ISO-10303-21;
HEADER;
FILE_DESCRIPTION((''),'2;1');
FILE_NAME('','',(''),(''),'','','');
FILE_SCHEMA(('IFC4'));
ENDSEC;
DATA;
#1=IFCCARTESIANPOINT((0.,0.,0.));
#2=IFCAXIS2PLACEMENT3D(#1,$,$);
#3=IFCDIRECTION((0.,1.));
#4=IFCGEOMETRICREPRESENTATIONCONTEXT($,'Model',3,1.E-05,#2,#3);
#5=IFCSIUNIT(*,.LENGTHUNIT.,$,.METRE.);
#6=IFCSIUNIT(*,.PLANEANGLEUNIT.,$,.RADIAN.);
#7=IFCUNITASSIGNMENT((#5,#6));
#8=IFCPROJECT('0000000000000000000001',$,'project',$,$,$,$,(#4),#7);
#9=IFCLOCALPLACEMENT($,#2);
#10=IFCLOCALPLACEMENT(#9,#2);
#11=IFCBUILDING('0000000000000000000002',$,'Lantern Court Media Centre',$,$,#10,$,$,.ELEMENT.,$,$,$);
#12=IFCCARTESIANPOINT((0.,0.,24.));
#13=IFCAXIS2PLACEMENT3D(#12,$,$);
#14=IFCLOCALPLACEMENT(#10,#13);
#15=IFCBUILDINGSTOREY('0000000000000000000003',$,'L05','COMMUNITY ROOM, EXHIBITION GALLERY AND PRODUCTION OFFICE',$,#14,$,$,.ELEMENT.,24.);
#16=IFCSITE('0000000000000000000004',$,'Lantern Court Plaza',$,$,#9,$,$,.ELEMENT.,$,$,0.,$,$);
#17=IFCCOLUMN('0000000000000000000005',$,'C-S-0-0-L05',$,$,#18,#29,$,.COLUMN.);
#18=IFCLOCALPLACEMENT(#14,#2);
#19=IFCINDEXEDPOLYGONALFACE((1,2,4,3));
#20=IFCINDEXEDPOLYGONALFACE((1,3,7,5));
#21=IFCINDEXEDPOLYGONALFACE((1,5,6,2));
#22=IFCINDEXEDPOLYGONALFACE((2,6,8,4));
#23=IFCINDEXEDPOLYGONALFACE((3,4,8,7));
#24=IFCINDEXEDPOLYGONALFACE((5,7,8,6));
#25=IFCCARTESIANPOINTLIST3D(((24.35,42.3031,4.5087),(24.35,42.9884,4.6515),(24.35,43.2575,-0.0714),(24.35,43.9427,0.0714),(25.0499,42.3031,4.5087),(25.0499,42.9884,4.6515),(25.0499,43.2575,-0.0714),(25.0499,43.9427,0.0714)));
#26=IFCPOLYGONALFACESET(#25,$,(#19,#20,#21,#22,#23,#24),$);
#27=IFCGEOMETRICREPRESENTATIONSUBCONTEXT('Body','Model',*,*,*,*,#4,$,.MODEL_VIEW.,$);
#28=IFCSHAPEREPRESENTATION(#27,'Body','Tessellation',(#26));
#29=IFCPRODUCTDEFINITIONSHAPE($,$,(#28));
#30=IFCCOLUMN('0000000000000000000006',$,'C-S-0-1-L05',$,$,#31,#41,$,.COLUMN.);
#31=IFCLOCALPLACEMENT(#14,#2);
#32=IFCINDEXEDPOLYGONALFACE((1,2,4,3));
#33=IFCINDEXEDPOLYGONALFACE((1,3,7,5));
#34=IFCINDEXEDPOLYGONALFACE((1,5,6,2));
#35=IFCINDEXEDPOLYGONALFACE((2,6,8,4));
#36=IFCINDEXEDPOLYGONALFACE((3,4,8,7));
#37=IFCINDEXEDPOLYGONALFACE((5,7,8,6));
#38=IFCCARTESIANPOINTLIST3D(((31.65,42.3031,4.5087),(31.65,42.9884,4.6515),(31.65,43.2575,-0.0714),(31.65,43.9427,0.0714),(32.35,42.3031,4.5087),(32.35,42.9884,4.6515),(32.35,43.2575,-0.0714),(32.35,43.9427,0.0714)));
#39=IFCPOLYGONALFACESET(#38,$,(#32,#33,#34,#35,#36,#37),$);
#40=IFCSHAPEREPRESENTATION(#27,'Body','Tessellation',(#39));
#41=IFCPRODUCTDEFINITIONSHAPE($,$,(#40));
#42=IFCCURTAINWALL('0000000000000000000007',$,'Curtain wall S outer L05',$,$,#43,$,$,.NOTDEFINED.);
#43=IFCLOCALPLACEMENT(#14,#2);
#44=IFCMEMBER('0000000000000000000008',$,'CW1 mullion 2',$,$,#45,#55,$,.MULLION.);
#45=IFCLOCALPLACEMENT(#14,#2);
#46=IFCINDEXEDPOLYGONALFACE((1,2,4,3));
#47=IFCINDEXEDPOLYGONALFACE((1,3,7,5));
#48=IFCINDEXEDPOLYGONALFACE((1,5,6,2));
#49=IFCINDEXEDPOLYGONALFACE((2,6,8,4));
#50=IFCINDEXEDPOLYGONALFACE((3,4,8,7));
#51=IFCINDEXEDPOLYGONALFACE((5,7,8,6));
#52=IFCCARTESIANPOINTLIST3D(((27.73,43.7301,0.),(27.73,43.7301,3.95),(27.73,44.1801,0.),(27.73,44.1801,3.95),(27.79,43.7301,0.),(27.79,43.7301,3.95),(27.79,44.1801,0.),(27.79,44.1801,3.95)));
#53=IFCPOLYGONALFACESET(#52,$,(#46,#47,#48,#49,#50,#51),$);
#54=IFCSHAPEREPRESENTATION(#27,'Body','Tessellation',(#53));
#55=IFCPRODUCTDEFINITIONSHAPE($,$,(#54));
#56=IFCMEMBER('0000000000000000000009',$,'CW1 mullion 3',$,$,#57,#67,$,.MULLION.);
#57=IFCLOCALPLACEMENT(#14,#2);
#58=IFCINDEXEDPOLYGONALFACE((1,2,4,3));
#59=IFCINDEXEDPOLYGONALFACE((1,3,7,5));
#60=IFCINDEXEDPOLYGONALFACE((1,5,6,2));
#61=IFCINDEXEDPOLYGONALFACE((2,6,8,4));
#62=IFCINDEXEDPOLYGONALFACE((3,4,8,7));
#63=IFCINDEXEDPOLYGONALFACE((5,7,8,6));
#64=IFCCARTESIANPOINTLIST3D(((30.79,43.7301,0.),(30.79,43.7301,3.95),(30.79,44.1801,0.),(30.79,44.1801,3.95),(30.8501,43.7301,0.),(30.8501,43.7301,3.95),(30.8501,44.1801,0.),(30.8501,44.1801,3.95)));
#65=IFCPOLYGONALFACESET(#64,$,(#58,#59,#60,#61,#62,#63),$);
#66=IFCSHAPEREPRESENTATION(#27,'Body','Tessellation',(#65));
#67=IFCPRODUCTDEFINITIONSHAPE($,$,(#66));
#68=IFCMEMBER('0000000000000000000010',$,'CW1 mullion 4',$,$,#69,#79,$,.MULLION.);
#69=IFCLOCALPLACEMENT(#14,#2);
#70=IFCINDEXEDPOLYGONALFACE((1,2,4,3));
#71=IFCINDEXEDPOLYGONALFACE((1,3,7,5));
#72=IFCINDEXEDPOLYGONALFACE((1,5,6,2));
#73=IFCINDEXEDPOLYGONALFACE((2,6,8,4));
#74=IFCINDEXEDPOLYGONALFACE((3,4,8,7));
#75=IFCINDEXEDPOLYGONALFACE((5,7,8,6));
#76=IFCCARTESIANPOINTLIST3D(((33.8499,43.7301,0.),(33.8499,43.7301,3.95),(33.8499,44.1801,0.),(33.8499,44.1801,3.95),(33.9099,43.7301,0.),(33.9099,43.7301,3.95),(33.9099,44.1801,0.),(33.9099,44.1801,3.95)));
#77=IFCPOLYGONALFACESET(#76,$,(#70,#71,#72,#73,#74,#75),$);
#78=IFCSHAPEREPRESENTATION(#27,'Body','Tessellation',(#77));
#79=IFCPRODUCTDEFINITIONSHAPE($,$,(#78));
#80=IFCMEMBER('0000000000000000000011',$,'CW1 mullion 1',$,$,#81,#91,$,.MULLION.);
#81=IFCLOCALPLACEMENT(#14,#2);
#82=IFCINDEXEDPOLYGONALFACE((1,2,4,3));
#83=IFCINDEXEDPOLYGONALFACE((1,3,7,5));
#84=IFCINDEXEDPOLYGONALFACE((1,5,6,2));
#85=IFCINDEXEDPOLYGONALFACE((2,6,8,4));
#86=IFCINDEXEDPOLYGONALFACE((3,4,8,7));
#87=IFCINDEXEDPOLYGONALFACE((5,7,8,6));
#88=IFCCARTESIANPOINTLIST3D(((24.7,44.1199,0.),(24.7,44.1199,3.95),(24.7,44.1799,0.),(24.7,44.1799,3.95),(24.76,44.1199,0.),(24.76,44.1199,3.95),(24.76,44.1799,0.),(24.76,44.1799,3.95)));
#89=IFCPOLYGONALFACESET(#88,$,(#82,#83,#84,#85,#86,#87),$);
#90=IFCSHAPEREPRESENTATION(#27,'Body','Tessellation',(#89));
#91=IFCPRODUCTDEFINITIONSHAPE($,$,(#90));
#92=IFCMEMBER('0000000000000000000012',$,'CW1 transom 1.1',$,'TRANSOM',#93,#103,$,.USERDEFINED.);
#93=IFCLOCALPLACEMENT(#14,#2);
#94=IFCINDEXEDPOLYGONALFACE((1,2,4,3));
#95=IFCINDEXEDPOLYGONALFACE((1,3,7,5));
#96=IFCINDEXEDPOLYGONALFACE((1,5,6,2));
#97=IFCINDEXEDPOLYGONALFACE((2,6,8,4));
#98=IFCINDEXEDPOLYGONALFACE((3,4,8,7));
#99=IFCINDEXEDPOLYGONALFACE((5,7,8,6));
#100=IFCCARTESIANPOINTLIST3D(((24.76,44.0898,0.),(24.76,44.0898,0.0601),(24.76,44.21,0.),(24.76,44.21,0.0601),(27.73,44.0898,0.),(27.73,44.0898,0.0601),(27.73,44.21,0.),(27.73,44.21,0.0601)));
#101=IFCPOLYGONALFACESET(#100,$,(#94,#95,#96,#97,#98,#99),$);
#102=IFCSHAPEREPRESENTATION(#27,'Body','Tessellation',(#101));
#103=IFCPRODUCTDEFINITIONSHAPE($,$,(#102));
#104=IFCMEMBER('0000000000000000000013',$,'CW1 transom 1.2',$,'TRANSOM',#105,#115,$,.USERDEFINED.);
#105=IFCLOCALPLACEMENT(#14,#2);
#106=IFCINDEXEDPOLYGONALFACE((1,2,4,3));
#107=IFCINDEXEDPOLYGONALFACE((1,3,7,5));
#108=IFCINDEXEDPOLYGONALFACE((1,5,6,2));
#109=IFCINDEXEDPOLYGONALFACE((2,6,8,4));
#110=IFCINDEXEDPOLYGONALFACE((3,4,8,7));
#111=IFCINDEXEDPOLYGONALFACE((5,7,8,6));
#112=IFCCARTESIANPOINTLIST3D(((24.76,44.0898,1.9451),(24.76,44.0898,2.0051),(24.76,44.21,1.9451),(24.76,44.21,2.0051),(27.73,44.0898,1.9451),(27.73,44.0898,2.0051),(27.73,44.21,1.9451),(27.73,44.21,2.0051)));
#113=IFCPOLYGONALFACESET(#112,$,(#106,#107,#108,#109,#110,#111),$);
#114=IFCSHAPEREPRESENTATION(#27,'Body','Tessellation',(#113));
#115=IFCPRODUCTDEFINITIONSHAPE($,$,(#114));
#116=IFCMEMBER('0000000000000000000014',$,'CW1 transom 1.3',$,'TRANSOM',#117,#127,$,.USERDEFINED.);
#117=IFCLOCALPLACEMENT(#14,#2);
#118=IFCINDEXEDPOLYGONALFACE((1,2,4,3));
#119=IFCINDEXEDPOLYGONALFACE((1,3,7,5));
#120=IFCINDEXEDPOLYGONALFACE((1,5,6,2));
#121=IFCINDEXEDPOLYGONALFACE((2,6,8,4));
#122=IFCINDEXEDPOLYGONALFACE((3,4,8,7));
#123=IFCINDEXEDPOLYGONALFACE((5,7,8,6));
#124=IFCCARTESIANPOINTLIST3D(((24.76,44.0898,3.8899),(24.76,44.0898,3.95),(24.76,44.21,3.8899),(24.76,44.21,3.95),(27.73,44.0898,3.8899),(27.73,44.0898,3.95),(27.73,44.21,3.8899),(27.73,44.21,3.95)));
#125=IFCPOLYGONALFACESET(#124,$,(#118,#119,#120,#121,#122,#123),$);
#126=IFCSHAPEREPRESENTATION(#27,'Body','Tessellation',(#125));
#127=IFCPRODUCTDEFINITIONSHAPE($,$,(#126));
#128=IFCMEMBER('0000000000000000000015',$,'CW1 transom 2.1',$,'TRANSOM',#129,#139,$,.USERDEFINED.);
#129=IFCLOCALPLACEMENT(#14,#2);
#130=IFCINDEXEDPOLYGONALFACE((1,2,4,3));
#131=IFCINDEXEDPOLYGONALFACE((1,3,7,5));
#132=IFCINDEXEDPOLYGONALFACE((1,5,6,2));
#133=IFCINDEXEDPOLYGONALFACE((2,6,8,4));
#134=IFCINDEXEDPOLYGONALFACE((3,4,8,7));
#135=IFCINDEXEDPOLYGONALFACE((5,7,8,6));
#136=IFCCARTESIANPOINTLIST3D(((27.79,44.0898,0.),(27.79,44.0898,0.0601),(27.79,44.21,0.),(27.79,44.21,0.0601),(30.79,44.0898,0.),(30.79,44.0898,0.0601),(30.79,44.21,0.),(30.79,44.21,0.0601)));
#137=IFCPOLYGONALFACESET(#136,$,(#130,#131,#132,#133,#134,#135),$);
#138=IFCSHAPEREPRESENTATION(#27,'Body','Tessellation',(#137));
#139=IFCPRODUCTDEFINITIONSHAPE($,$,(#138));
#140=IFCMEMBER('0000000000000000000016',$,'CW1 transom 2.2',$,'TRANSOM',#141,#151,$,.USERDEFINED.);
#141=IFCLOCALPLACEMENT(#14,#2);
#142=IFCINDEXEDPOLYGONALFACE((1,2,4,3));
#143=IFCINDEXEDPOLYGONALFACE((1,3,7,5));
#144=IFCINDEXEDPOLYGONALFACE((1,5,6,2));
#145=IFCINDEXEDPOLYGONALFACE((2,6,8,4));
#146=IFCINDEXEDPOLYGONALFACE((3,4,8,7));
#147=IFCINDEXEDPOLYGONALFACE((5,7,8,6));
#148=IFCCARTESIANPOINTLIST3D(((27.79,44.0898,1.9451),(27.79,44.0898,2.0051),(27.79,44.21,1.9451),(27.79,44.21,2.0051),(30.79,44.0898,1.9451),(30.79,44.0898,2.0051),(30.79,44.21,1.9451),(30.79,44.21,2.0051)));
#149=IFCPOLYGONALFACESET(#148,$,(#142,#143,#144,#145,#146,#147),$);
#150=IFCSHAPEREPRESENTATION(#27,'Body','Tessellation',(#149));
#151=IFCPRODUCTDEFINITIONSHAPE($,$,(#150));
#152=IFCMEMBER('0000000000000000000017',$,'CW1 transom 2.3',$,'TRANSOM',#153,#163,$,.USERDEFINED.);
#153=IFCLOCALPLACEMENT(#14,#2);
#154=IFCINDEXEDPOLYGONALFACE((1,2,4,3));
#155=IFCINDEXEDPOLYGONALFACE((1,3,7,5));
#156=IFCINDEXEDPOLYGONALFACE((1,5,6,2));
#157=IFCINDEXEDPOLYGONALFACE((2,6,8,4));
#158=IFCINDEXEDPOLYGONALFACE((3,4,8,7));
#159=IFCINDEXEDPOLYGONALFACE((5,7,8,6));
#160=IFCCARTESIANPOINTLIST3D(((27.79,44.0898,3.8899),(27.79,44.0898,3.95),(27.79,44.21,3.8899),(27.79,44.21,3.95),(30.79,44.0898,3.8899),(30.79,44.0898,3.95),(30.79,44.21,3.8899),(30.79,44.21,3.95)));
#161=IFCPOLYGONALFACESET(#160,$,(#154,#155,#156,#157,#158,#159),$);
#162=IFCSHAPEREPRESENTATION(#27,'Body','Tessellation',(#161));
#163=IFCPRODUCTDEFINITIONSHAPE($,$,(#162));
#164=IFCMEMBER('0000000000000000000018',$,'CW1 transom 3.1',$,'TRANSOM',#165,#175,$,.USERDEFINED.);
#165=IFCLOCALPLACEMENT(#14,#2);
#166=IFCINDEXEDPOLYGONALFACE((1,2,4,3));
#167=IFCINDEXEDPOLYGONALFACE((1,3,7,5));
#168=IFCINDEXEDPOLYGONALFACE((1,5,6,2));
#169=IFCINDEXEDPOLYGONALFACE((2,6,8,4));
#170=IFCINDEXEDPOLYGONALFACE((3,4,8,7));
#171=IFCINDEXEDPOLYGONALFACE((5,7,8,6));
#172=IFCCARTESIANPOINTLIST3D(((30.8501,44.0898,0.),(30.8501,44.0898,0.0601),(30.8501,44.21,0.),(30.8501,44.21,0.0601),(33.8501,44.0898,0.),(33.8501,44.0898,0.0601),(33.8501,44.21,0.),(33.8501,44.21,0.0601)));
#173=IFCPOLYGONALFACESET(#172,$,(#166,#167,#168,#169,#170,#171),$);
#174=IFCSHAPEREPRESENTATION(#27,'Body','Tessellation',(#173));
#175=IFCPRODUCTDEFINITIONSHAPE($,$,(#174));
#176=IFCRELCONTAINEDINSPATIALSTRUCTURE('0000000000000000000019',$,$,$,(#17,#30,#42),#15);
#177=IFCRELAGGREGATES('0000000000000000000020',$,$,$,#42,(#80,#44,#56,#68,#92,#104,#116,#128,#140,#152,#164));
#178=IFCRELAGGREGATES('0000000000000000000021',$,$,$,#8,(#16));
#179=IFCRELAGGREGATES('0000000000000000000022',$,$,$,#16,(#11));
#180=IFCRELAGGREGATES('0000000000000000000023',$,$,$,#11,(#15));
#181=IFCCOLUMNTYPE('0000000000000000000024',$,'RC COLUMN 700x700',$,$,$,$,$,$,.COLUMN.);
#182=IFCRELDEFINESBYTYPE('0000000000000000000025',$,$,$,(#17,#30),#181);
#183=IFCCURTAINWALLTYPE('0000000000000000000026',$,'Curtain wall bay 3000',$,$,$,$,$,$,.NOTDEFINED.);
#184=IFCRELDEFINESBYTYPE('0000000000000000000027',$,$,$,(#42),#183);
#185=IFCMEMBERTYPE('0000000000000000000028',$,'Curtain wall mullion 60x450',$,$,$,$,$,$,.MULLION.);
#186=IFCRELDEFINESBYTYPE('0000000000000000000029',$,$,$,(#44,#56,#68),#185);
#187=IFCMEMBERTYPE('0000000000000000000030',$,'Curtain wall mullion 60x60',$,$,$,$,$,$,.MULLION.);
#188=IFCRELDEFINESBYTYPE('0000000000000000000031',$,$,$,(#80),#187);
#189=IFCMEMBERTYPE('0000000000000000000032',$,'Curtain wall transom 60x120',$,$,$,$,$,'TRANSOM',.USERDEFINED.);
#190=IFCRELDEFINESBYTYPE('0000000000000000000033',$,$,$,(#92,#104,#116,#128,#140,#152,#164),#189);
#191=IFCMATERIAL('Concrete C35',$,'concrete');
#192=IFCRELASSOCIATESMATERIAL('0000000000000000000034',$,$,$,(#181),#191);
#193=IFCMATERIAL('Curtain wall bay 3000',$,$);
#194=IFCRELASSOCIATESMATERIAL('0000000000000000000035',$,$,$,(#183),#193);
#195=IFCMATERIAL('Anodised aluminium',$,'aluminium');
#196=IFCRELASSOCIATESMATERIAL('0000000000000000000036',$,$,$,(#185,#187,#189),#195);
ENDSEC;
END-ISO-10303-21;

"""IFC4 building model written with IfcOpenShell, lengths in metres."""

from ifc_helpers import new_model, si_unit, direction, frame, origin, origin_2d, place, context, subcontext, project, spatial, rectangle, extrude, material, material_profile, profile_set, type_object, element, aggregate, save


model = new_model("IFC4")

# Units and contexts
model_context = context("Model", 3, precision=1e-05, world=origin(), true_north=direction((0.0, 1.0)))
body_context = subcontext(model_context, "Body", "Model", "MODEL_VIEW")
ifc_project = project(units=[si_unit("LENGTHUNIT", "METRE"), si_unit("PLANEANGLEUNIT", "RADIAN")], contexts=[model_context])

# Site, building, storey
site_placement = place(None, origin())
site = spatial("IfcSite", under=ifc_project, at=site_placement, Name="Lantern Court Plaza", CompositionType="ELEMENT", RefElevation=0.0)
building_placement = place(site_placement, origin())
building = spatial("IfcBuilding", under=site, at=building_placement, Name="Lantern Court Media Centre", CompositionType="ELEMENT")
storey_placement = place(building_placement, frame((0.0, 0.0, 24.0)))
storey = spatial("IfcBuildingStorey", under=building, at=storey_placement, Name="L05", Description="COMMUNITY ROOM, EXHIBITION GALLERY AND PRODUCTION OFFICE", CompositionType="ELEMENT", Elevation=24.0)

# Columns
ifc_material_1 = material(Name="Concrete C35", Category="concrete")
ifc_material_profile_1 = material_profile(ifc_material_1, rectangle(XDim=0.7, YDim=0.7, at=origin_2d()), Name="RC 700x700")
ifc_profile_set_1 = profile_set([ifc_material_profile_1], Name="Concrete C35")
column_type = type_object("IfcColumnType", Name="RC COLUMN 700x700", PredefinedType="COLUMN", material=ifc_profile_set_1)
for number, where, z_axis, x_axis, name in (
    (1, (24.7, 43.6001, 0.0), (0.0, -0.203988, 0.978973), (1.0, 0.0, 0.0), "C-S-0-0-L05"),
    (2, (32.0, 43.6001, 0.0), (0.0, -0.203988, 0.978973), (1.0, 0.0, 0.0), "C-S-0-1-L05"),
):
    element("IfcColumn", number, at=place(storey_placement, frame(where, z_axis=z_axis, x_axis=x_axis)), inside=storey, type_object=column_type, Name=name, PredefinedType="COLUMN", context=body_context, shape_type="SweptSolid", body=[
        extrude(rectangle(XDim=0.7, YDim=0.7, at=origin_2d()), origin(), (0.0, 0.0, 1.0), 4.6785),
    ])

# Curtain wall, members
ifc_material_2 = material(Name="Curtain wall bay 3000")
curtain_wall_type = type_object("IfcCurtainWallType", Name="Curtain wall bay 3000", PredefinedType="NOTDEFINED", material=ifc_material_2)
curtain_wall_placement = place(storey_placement, origin())
curtain_wall = element("IfcCurtainWall", 3, at=curtain_wall_placement, inside=storey, type_object=curtain_wall_type, Name="Curtain wall S outer L05", PredefinedType="NOTDEFINED")
ifc_material_3 = material(Name="Anodised aluminium", Category="aluminium")
ifc_material_profile_2 = material_profile(ifc_material_3, rectangle(XDim=0.45, YDim=0.0601, at=origin_2d()), Name="AL 60x450")
ifc_profile_set_2 = profile_set([ifc_material_profile_2], Name="Anodised aluminium")
member_type_1 = type_object("IfcMemberType", Name="Curtain wall mullion 60x450", PredefinedType="MULLION", material=ifc_profile_set_2)
member_1_placement = place(storey_placement, frame((27.76, 43.9551, 0.0), z_axis=(0.0, 0.0, 1.0), x_axis=(0.0, 1.0, 0.0)))
member_1 = element("IfcMember", 4, at=member_1_placement, type_object=member_type_1, Name="CW1 mullion 2", PredefinedType="MULLION", context=body_context, shape_type="SweptSolid", body=[
    extrude(rectangle(XDim=0.45, YDim=0.0601, at=origin_2d()), origin(), (0.0, 0.0, 1.0), 3.95),
])
member_2_placement = place(storey_placement, frame((30.8201, 43.9551, 0.0), z_axis=(0.0, 0.0, 1.0), x_axis=(0.0, 1.0, 0.0)))
member_2 = element("IfcMember", 5, at=member_2_placement, type_object=member_type_1, Name="CW1 mullion 3", PredefinedType="MULLION", context=body_context, shape_type="SweptSolid", body=[
    extrude(rectangle(XDim=0.45, YDim=0.0601, at=origin_2d()), origin(), (0.0, 0.0, 1.0), 3.95),
])
member_3_placement = place(storey_placement, frame((33.8799, 43.9551, 0.0), z_axis=(0.0, 0.0, 1.0), x_axis=(0.0, 1.0, 0.0)))
member_3 = element("IfcMember", 6, at=member_3_placement, type_object=member_type_1, Name="CW1 mullion 4", PredefinedType="MULLION", context=body_context, shape_type="SweptSolid", body=[
    extrude(rectangle(XDim=0.45, YDim=0.0601, at=origin_2d()), origin(), (0.0, 0.0, 1.0), 3.95),
])
ifc_material_profile_3 = material_profile(ifc_material_3, rectangle(XDim=0.0601, YDim=0.0601, at=origin_2d()), Name="AL 60x60")
ifc_profile_set_3 = profile_set([ifc_material_profile_3], Name="Anodised aluminium")
member_type_2 = type_object("IfcMemberType", Name="Curtain wall mullion 60x60", PredefinedType="MULLION", material=ifc_profile_set_3)
member_4_placement = place(storey_placement, frame((24.73, 44.1499, 0.0), z_axis=(0.0, 0.0, 1.0), x_axis=(0.0, 1.0, 0.0)))
member_4 = element("IfcMember", 7, at=member_4_placement, type_object=member_type_2, Name="CW1 mullion 1", PredefinedType="MULLION", context=body_context, shape_type="SweptSolid", body=[
    extrude(rectangle(XDim=0.0601, YDim=0.0601, at=origin_2d()), origin(), (0.0, 0.0, 1.0), 3.95),
])
ifc_material_profile_4 = material_profile(ifc_material_3, rectangle(XDim=0.1201, YDim=0.0601, at=origin_2d()), Name="AL 60x120")
ifc_profile_set_4 = profile_set([ifc_material_profile_4], Name="Anodised aluminium")
member_type_3 = type_object("IfcMemberType", Name="Curtain wall transom 60x120", ElementType="TRANSOM", PredefinedType="USERDEFINED", material=ifc_profile_set_4)
member_5_placement = place(storey_placement, frame((24.76, 44.1499, 0.03), z_axis=(1.0, 0.0, 0.0), x_axis=(0.0, 1.0, 0.0)))
member_5 = element("IfcMember", 8, at=member_5_placement, type_object=member_type_3, Name="CW1 transom 1.1", ObjectType="TRANSOM", PredefinedType="USERDEFINED", context=body_context, shape_type="SweptSolid", body=[
    extrude(rectangle(XDim=0.1201, YDim=0.0601, at=origin_2d()), origin(), (0.0, 0.0, 1.0), 2.97),
])
member_6_placement = place(storey_placement, frame((24.76, 44.1499, 1.9751), z_axis=(1.0, 0.0, 0.0), x_axis=(0.0, 1.0, 0.0)))
member_6 = element("IfcMember", 9, at=member_6_placement, type_object=member_type_3, Name="CW1 transom 1.2", ObjectType="TRANSOM", PredefinedType="USERDEFINED", context=body_context, shape_type="SweptSolid", body=[
    extrude(rectangle(XDim=0.1201, YDim=0.0601, at=origin_2d()), origin(), (0.0, 0.0, 1.0), 2.97),
])
member_7_placement = place(storey_placement, frame((24.76, 44.1499, 3.9199), z_axis=(1.0, 0.0, 0.0), x_axis=(0.0, 1.0, 0.0)))
member_7 = element("IfcMember", 10, at=member_7_placement, type_object=member_type_3, Name="CW1 transom 1.3", ObjectType="TRANSOM", PredefinedType="USERDEFINED", context=body_context, shape_type="SweptSolid", body=[
    extrude(rectangle(XDim=0.1201, YDim=0.0601, at=origin_2d()), origin(), (0.0, 0.0, 1.0), 2.97),
])
member_8_placement = place(storey_placement, frame((27.79, 44.1499, 0.03), z_axis=(1.0, 0.0, 0.0), x_axis=(0.0, 1.0, 0.0)))
member_8 = element("IfcMember", 11, at=member_8_placement, type_object=member_type_3, Name="CW1 transom 2.1", ObjectType="TRANSOM", PredefinedType="USERDEFINED", context=body_context, shape_type="SweptSolid", body=[
    extrude(rectangle(XDim=0.1201, YDim=0.0601, at=origin_2d()), origin(), (0.0, 0.0, 1.0), 3.0),
])
member_9_placement = place(storey_placement, frame((27.79, 44.1499, 1.9751), z_axis=(1.0, 0.0, 0.0), x_axis=(0.0, 1.0, 0.0)))
member_9 = element("IfcMember", 12, at=member_9_placement, type_object=member_type_3, Name="CW1 transom 2.2", ObjectType="TRANSOM", PredefinedType="USERDEFINED", context=body_context, shape_type="SweptSolid", body=[
    extrude(rectangle(XDim=0.1201, YDim=0.0601, at=origin_2d()), origin(), (0.0, 0.0, 1.0), 3.0),
])
member_10_placement = place(storey_placement, frame((27.79, 44.1499, 3.9199), z_axis=(1.0, 0.0, 0.0), x_axis=(0.0, 1.0, 0.0)))
member_10 = element("IfcMember", 13, at=member_10_placement, type_object=member_type_3, Name="CW1 transom 2.3", ObjectType="TRANSOM", PredefinedType="USERDEFINED", context=body_context, shape_type="SweptSolid", body=[
    extrude(rectangle(XDim=0.1201, YDim=0.0601, at=origin_2d()), origin(), (0.0, 0.0, 1.0), 3.0),
])
member_11_placement = place(storey_placement, frame((30.8501, 44.1499, 0.03), z_axis=(1.0, 0.0, 0.0), x_axis=(0.0, 1.0, 0.0)))
member_11 = element("IfcMember", 14, at=member_11_placement, type_object=member_type_3, Name="CW1 transom 3.1", ObjectType="TRANSOM", PredefinedType="USERDEFINED", context=body_context, shape_type="SweptSolid", body=[
    extrude(rectangle(XDim=0.1201, YDim=0.0601, at=origin_2d()), origin(), (0.0, 0.0, 1.0), 3.0),
])

aggregate(curtain_wall, [member_4, member_1, member_2, member_3, member_5, member_6, member_7, member_8, member_9, member_10, member_11])

save(model, "model.ifc")
